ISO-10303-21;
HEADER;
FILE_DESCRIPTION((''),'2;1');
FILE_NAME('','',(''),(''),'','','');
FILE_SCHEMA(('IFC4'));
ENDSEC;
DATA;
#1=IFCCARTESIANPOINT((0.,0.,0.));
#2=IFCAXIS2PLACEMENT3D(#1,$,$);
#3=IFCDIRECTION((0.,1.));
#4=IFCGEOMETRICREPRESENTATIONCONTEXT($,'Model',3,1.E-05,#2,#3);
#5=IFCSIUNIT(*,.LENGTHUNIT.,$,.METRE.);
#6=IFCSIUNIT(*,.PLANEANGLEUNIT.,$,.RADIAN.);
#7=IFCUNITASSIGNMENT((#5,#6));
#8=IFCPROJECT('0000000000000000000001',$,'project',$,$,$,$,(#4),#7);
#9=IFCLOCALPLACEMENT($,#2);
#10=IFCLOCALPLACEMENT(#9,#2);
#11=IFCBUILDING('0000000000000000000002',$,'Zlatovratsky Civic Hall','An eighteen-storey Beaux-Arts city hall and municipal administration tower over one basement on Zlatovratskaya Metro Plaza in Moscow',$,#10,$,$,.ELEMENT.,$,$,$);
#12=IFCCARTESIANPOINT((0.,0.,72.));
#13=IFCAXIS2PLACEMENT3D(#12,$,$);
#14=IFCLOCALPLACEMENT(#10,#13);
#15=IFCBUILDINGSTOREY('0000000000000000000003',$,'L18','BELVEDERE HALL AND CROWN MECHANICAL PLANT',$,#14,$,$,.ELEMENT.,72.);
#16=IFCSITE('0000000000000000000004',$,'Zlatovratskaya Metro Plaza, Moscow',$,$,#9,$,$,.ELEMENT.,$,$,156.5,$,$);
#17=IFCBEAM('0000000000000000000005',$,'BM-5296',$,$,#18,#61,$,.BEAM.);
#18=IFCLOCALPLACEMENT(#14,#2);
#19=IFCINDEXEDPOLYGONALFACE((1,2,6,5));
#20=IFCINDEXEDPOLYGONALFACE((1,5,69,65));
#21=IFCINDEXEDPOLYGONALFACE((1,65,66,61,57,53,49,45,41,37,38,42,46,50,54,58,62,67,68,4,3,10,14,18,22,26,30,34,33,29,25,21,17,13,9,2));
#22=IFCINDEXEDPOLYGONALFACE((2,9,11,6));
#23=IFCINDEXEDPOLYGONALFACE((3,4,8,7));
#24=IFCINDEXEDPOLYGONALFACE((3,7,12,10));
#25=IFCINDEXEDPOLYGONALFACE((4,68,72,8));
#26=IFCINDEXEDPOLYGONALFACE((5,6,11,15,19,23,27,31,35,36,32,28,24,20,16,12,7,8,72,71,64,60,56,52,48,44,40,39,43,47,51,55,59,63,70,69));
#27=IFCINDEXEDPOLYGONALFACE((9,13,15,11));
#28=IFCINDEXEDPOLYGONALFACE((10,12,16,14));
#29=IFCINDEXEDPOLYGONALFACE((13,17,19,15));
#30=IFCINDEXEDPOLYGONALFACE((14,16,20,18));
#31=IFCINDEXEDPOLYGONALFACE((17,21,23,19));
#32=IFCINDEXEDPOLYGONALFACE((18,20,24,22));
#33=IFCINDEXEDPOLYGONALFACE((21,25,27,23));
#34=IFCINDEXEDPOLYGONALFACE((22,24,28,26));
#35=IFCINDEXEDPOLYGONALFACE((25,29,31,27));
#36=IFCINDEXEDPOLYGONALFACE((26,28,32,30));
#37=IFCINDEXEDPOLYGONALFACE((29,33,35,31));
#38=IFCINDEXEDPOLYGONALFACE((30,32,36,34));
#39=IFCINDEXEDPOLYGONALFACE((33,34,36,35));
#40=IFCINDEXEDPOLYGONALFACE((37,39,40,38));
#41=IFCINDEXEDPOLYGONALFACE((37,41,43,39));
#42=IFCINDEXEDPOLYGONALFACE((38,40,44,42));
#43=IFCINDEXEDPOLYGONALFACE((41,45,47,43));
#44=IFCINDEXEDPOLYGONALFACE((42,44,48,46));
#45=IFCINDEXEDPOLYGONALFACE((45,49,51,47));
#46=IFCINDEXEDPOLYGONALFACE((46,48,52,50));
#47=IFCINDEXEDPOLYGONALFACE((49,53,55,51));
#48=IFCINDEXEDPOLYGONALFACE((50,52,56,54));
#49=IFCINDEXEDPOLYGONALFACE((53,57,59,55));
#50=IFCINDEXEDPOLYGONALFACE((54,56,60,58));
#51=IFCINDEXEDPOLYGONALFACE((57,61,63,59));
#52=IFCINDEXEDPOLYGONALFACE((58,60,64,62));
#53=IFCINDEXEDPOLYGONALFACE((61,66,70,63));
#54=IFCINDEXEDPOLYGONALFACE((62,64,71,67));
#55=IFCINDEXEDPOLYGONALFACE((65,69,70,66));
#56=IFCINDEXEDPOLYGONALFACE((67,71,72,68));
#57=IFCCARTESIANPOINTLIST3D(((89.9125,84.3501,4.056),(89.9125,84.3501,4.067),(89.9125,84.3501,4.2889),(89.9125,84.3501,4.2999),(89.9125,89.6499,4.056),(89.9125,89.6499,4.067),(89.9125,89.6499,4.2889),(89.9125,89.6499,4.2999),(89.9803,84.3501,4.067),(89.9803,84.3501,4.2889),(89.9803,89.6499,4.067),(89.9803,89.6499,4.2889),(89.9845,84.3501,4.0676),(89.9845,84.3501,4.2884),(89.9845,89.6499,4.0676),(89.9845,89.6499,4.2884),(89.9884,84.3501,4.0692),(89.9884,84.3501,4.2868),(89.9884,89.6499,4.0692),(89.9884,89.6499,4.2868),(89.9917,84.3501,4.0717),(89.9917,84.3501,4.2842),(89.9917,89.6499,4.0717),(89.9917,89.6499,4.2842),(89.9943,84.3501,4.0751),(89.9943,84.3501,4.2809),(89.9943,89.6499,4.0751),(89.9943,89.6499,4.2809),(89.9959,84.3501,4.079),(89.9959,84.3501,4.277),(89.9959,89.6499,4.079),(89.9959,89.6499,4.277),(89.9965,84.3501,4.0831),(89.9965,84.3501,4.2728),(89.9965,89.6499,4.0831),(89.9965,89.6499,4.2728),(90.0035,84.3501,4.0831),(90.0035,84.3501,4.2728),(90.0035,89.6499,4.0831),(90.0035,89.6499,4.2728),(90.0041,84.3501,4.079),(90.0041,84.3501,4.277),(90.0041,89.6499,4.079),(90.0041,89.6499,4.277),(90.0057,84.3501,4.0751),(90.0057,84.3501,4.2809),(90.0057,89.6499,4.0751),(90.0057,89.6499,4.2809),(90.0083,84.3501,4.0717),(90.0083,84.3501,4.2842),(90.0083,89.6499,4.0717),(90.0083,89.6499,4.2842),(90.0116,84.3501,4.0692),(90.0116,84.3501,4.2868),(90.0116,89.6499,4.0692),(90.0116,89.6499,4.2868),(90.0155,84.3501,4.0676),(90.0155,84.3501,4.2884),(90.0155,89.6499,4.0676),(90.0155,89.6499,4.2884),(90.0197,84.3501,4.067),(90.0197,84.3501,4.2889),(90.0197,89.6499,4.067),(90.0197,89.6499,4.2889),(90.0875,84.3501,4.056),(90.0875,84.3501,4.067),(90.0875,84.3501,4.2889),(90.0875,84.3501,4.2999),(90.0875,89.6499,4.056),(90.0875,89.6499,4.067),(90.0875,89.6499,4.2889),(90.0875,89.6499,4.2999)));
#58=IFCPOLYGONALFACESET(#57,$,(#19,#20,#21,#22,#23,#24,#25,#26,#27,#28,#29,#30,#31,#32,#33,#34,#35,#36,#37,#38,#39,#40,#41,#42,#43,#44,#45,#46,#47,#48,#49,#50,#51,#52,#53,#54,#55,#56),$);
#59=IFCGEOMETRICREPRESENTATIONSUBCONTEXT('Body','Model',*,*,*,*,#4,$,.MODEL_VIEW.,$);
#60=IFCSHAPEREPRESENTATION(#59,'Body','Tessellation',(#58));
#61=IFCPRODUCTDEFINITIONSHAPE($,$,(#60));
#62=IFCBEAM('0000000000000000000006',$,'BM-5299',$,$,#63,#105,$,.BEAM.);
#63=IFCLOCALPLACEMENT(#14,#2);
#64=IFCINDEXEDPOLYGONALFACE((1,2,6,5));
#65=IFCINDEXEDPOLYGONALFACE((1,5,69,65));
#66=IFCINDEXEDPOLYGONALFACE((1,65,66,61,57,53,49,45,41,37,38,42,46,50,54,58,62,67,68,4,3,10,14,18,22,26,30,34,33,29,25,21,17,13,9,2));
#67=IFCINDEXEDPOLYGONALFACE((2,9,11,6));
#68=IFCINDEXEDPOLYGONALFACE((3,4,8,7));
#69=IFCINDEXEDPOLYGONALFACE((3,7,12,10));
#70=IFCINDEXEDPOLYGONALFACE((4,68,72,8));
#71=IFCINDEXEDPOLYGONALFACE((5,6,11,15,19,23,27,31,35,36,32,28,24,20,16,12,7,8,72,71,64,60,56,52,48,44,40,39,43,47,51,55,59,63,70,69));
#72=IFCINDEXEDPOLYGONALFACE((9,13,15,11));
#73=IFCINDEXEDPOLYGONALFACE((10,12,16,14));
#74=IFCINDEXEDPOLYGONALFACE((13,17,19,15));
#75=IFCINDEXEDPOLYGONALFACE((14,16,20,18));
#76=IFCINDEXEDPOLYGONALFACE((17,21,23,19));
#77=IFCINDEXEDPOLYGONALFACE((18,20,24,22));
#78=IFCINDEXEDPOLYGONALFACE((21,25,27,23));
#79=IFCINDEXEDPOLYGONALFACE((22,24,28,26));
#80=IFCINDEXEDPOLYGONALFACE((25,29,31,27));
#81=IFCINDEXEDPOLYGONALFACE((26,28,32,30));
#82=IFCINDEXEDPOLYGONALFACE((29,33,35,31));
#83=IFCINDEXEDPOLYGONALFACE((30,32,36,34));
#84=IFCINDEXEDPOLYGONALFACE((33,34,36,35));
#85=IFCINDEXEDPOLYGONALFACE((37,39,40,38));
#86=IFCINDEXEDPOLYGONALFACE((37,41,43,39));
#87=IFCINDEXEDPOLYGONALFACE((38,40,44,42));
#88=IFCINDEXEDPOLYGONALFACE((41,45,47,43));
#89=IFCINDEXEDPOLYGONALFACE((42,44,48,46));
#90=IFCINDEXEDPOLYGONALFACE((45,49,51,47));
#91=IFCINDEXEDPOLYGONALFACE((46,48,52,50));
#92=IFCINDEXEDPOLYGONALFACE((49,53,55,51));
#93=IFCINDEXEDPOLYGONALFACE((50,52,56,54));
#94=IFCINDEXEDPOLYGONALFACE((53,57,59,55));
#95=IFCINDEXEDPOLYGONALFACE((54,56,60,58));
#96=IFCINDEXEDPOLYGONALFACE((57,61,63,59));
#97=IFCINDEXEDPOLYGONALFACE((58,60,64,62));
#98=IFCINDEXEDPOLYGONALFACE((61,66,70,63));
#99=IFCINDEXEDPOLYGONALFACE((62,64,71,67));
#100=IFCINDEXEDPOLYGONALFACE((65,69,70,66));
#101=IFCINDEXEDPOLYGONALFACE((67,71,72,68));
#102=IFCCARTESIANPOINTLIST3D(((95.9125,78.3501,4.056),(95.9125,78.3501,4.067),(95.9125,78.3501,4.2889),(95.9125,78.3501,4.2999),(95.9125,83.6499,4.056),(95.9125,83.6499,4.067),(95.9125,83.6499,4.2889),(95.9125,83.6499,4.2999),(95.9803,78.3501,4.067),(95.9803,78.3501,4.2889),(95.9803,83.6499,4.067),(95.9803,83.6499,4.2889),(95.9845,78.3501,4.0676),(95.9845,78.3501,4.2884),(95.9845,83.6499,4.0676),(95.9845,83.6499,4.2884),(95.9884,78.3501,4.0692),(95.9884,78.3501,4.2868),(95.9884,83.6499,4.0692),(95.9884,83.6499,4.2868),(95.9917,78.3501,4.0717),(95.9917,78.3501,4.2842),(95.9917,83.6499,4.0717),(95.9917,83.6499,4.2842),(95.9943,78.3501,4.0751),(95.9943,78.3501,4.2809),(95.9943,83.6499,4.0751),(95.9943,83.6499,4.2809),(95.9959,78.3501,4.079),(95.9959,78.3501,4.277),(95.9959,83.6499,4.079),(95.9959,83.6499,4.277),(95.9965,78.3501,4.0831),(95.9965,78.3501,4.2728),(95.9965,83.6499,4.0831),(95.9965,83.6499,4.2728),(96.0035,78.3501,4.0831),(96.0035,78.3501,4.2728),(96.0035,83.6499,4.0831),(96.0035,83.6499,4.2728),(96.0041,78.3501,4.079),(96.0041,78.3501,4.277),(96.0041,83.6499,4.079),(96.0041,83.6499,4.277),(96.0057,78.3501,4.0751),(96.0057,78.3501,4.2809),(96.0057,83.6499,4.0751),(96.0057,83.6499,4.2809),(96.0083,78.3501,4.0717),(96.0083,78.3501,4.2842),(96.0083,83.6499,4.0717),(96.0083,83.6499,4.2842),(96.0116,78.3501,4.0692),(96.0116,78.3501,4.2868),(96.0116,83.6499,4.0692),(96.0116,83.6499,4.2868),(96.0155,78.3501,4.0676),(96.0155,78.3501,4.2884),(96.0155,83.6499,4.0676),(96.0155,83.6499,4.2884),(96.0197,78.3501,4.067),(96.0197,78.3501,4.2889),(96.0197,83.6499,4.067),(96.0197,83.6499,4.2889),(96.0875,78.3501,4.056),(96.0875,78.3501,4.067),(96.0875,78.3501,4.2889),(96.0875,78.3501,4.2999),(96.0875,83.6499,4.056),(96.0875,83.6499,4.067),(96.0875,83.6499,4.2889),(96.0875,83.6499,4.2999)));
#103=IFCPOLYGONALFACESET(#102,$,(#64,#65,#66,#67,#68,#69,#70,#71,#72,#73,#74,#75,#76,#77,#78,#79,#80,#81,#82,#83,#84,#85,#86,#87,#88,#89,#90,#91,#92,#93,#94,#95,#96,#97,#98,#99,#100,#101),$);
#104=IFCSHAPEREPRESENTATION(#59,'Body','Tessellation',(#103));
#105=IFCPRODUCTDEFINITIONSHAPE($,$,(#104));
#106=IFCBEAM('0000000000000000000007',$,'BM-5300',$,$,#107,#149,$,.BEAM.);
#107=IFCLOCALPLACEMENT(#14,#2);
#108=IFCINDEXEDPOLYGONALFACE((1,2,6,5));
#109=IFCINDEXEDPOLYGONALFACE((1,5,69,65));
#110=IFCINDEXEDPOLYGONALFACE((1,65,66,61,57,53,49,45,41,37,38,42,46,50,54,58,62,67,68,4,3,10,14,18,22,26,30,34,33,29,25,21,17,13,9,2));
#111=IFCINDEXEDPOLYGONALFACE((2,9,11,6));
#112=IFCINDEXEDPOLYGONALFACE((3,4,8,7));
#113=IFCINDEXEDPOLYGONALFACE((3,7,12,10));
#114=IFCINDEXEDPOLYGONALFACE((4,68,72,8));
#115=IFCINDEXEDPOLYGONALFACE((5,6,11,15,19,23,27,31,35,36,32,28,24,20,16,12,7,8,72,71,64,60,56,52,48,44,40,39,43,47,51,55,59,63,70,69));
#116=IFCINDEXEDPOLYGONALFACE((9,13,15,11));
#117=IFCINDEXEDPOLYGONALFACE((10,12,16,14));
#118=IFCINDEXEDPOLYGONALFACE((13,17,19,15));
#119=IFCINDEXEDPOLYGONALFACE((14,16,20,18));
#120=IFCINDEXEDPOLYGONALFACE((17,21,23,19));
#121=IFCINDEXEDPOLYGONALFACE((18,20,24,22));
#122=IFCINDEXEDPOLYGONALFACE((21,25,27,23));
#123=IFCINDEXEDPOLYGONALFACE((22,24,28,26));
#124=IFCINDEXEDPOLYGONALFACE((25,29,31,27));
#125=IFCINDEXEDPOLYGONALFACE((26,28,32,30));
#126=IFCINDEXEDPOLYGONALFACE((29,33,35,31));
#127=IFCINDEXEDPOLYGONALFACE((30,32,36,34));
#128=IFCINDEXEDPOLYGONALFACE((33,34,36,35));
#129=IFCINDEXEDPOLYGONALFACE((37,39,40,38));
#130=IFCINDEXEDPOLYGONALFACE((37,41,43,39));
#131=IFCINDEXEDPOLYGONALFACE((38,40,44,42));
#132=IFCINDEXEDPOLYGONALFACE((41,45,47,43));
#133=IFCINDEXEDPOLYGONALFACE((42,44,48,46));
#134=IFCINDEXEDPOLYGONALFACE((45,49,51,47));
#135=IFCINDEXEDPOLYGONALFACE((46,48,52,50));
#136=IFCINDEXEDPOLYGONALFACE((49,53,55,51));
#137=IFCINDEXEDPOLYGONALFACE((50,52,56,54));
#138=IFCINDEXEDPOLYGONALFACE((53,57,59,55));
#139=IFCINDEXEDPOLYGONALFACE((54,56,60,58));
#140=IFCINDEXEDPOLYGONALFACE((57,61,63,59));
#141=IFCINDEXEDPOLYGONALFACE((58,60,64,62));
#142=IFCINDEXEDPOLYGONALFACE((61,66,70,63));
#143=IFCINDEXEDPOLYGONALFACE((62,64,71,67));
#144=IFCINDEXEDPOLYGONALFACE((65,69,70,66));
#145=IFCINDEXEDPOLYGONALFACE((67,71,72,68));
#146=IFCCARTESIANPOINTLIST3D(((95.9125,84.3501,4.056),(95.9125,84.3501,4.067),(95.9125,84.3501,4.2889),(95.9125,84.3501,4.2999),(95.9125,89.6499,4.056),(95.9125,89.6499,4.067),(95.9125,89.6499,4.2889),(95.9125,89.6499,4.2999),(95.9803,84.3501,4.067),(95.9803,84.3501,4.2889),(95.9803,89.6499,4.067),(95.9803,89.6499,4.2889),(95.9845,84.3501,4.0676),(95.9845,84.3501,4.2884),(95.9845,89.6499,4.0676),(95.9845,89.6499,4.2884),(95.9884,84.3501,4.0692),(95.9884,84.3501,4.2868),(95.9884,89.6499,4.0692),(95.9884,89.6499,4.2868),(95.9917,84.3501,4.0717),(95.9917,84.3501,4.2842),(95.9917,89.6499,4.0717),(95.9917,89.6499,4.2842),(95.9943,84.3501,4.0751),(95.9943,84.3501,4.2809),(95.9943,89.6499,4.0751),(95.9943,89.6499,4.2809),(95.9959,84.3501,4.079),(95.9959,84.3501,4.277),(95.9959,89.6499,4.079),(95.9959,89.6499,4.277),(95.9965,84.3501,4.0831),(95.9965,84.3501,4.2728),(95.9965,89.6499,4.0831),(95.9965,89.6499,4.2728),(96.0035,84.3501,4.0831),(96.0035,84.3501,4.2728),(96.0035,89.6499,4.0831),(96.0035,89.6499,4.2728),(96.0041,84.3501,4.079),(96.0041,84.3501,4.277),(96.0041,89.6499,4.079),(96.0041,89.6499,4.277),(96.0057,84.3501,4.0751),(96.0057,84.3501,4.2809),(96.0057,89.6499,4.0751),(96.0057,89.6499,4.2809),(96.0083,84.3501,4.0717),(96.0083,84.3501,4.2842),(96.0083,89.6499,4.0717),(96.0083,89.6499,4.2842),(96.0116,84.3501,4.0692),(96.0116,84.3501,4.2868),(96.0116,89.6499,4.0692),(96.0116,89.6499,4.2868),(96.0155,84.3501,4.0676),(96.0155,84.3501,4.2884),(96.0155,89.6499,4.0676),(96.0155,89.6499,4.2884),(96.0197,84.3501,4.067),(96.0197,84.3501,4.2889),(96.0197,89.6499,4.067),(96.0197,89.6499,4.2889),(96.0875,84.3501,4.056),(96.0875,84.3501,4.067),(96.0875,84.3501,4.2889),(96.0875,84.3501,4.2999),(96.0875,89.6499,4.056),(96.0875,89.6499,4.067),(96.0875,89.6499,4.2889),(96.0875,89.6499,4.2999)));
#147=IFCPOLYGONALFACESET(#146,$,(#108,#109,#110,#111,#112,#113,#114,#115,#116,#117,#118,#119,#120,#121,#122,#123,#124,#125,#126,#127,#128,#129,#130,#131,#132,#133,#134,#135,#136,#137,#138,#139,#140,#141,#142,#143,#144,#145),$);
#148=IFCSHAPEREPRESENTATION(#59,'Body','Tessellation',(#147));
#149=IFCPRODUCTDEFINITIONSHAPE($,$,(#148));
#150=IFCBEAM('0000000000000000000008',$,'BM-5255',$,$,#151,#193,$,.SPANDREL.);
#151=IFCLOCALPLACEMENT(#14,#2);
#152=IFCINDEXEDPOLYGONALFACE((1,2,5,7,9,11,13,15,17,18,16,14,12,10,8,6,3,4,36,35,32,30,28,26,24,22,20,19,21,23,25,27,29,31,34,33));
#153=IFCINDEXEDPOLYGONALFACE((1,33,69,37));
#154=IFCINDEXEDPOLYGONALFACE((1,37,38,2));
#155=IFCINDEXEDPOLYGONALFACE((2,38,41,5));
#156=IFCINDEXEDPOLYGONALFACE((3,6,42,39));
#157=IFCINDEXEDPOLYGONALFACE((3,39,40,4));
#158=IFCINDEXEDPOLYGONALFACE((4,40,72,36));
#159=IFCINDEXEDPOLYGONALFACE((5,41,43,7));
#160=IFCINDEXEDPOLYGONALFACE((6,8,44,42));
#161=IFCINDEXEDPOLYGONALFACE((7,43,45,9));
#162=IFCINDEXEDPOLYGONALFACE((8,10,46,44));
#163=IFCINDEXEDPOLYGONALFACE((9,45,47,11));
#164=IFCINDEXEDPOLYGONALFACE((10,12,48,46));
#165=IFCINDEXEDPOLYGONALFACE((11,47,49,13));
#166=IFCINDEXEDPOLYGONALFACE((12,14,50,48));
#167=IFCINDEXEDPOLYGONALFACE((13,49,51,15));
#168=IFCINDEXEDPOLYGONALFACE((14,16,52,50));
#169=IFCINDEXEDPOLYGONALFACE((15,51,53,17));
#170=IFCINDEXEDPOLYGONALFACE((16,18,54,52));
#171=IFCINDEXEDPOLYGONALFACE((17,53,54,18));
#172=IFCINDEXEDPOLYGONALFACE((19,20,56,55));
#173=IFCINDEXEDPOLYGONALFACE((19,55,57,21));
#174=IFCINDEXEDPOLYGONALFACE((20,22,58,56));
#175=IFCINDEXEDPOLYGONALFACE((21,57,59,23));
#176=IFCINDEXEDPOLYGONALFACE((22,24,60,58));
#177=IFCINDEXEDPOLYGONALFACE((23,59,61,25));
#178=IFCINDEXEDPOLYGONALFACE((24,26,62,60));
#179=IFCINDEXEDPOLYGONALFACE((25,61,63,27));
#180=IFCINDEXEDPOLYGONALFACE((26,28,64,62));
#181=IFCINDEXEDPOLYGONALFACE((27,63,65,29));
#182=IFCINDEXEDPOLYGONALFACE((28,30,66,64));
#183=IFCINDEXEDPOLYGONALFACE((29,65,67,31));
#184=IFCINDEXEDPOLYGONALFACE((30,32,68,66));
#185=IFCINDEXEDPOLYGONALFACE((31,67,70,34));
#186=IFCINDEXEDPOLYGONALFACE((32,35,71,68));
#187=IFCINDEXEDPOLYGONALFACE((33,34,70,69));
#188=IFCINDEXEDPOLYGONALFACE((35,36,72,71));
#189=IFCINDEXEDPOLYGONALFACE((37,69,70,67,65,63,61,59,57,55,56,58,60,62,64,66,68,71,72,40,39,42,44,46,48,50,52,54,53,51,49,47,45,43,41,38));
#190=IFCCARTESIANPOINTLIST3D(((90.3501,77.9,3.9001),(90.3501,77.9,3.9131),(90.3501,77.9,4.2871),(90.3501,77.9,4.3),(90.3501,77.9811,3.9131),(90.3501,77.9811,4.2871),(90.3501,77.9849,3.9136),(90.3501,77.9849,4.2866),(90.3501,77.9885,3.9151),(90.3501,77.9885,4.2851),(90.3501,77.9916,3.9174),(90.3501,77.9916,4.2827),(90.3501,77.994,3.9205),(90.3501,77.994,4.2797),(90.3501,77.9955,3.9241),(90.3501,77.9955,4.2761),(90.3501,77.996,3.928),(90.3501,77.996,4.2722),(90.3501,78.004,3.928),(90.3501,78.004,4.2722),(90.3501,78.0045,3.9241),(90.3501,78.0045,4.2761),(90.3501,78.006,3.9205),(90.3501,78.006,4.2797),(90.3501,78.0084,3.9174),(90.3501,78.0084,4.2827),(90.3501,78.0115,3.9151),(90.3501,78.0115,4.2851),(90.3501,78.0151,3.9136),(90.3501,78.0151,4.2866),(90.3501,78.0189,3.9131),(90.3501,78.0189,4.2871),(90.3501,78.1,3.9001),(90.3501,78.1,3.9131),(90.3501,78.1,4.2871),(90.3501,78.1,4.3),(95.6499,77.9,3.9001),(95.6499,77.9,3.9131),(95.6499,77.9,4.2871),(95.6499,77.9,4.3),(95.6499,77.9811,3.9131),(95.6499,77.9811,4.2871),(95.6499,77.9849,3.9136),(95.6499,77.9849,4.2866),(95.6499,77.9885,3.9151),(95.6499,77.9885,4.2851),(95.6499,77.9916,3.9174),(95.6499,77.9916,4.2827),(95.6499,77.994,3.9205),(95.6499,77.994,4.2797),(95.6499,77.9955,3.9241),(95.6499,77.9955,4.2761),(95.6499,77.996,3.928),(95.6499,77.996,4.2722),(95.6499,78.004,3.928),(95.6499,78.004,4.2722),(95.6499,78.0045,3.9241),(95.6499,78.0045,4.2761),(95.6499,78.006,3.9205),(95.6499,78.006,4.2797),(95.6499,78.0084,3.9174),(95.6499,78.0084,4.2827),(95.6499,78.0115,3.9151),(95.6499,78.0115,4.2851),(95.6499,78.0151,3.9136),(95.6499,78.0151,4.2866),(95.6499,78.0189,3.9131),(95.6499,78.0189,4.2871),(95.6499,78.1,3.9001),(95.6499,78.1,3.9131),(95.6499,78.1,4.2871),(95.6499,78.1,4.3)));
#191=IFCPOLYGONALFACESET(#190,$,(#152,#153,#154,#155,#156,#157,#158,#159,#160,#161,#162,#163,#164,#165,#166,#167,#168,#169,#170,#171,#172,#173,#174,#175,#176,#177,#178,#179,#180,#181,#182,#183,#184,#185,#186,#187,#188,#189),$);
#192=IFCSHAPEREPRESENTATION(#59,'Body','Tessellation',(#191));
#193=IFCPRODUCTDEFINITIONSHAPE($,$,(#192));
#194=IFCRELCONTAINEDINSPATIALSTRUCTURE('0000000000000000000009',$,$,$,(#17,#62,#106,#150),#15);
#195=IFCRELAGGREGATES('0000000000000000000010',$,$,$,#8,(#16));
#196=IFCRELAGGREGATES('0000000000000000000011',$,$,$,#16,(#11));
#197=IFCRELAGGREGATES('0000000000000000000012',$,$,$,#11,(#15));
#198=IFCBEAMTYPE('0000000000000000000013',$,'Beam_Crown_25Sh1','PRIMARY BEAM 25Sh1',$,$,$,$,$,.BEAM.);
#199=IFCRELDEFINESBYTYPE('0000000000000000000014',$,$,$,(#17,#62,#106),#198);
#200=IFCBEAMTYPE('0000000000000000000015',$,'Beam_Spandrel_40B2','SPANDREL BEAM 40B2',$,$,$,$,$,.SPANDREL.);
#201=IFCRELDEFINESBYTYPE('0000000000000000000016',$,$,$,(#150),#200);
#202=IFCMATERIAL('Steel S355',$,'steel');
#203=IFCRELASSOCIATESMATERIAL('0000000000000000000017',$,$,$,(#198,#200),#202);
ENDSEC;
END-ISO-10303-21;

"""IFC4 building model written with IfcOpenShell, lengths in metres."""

from ifc_helpers import new_model, si_unit, direction, frame, origin, origin_2d, place, context, subcontext, project, spatial, i_section, extrude, material, material_profile, profile_set, type_object, element, save


model = new_model("IFC4")

# Units and contexts
model_context = context("Model", 3, precision=1e-05, world=origin(), true_north=direction((0.0, 1.0)))
body_context = subcontext(model_context, "Body", "Model", "MODEL_VIEW")
ifc_project = project(units=[si_unit("LENGTHUNIT", "METRE"), si_unit("PLANEANGLEUNIT", "RADIAN")], contexts=[model_context])

# Site, building, storey
site_placement = place(None, origin())
site = spatial("IfcSite", under=ifc_project, at=site_placement, Name="Zlatovratskaya Metro Plaza, Moscow", CompositionType="ELEMENT", RefElevation=156.5)
building_placement = place(site_placement, origin())
building = spatial("IfcBuilding", under=site, at=building_placement, Name="Zlatovratsky Civic Hall", Description="An eighteen-storey Beaux-Arts city hall and municipal administration tower over one basement on Zlatovratskaya Metro Plaza in Moscow", CompositionType="ELEMENT")
storey_placement = place(building_placement, frame((0.0, 0.0, 72.0)))
storey = spatial("IfcBuildingStorey", under=building, at=storey_placement, Name="L18", Description="BELVEDERE HALL AND CROWN MECHANICAL PLANT", CompositionType="ELEMENT", Elevation=72.0)

# Beams
ifc_material_1 = material(Name="Steel S355", Category="steel")
ifc_material_profile_1 = material_profile(ifc_material_1, i_section(OverallWidth=0.175, OverallDepth=0.2439, WebThickness=0.0071, FlangeThickness=0.011, FilletRadius=0.0161, at=origin_2d()), Name="25Sh1")
ifc_profile_set_1 = profile_set([ifc_material_profile_1], Name="Steel S355")
beam_type_1 = type_object("IfcBeamType", Name="Beam_Crown_25Sh1", Description="PRIMARY BEAM 25Sh1", PredefinedType="BEAM", material=ifc_profile_set_1)
for number, where, z_axis, x_axis, name in (
    (1, (90.0, 84.3501, 4.178), (0.0, 1.0, 0.0), (-1.0, 0.0, 0.0), "BM-5296"),
    (2, (96.0, 78.3501, 4.178), (0.0, 1.0, 0.0), (-1.0, 0.0, 0.0), "BM-5299"),
    (3, (96.0, 84.3501, 4.178), (0.0, 1.0, 0.0), (-1.0, 0.0, 0.0), "BM-5300"),
):
    element("IfcBeam", number, at=place(storey_placement, frame(where, z_axis=z_axis, x_axis=x_axis)), inside=storey, type_object=beam_type_1, Name=name, PredefinedType="BEAM", context=body_context, shape_type="SweptSolid", body=[
        extrude(i_section(OverallWidth=0.175, OverallDepth=0.2439, WebThickness=0.0071, FlangeThickness=0.011, FilletRadius=0.0161, at=origin_2d()), origin(), (0.0, 0.0, 1.0), 5.2998),
    ])
ifc_material_profile_2 = material_profile(ifc_material_1, i_section(OverallWidth=0.2, OverallDepth=0.3999, WebThickness=0.0081, FlangeThickness=0.0129, FilletRadius=0.0149, at=origin_2d()), Name="40B2")
ifc_profile_set_2 = profile_set([ifc_material_profile_2], Name="Steel S355")
beam_type_2 = type_object("IfcBeamType", Name="Beam_Spandrel_40B2", Description="SPANDREL BEAM 40B2", PredefinedType="SPANDREL", material=ifc_profile_set_2)
for number, where, z_axis, x_axis, name in (
    (4, (90.3501, 78.0, 4.1001), (1.0, 0.0, 0.0), (0.0, 1.0, 0.0), "BM-5255"),
):
    element("IfcBeam", number, at=place(storey_placement, frame(where, z_axis=z_axis, x_axis=x_axis)), inside=storey, type_object=beam_type_2, Name=name, PredefinedType="SPANDREL", context=body_context, shape_type="SweptSolid", body=[
        extrude(i_section(OverallWidth=0.2, OverallDepth=0.3999, WebThickness=0.0081, FlangeThickness=0.0129, FilletRadius=0.0149, at=origin_2d()), origin(), (0.0, 0.0, 1.0), 5.2998),
    ])

save(model, "model.ifc")
